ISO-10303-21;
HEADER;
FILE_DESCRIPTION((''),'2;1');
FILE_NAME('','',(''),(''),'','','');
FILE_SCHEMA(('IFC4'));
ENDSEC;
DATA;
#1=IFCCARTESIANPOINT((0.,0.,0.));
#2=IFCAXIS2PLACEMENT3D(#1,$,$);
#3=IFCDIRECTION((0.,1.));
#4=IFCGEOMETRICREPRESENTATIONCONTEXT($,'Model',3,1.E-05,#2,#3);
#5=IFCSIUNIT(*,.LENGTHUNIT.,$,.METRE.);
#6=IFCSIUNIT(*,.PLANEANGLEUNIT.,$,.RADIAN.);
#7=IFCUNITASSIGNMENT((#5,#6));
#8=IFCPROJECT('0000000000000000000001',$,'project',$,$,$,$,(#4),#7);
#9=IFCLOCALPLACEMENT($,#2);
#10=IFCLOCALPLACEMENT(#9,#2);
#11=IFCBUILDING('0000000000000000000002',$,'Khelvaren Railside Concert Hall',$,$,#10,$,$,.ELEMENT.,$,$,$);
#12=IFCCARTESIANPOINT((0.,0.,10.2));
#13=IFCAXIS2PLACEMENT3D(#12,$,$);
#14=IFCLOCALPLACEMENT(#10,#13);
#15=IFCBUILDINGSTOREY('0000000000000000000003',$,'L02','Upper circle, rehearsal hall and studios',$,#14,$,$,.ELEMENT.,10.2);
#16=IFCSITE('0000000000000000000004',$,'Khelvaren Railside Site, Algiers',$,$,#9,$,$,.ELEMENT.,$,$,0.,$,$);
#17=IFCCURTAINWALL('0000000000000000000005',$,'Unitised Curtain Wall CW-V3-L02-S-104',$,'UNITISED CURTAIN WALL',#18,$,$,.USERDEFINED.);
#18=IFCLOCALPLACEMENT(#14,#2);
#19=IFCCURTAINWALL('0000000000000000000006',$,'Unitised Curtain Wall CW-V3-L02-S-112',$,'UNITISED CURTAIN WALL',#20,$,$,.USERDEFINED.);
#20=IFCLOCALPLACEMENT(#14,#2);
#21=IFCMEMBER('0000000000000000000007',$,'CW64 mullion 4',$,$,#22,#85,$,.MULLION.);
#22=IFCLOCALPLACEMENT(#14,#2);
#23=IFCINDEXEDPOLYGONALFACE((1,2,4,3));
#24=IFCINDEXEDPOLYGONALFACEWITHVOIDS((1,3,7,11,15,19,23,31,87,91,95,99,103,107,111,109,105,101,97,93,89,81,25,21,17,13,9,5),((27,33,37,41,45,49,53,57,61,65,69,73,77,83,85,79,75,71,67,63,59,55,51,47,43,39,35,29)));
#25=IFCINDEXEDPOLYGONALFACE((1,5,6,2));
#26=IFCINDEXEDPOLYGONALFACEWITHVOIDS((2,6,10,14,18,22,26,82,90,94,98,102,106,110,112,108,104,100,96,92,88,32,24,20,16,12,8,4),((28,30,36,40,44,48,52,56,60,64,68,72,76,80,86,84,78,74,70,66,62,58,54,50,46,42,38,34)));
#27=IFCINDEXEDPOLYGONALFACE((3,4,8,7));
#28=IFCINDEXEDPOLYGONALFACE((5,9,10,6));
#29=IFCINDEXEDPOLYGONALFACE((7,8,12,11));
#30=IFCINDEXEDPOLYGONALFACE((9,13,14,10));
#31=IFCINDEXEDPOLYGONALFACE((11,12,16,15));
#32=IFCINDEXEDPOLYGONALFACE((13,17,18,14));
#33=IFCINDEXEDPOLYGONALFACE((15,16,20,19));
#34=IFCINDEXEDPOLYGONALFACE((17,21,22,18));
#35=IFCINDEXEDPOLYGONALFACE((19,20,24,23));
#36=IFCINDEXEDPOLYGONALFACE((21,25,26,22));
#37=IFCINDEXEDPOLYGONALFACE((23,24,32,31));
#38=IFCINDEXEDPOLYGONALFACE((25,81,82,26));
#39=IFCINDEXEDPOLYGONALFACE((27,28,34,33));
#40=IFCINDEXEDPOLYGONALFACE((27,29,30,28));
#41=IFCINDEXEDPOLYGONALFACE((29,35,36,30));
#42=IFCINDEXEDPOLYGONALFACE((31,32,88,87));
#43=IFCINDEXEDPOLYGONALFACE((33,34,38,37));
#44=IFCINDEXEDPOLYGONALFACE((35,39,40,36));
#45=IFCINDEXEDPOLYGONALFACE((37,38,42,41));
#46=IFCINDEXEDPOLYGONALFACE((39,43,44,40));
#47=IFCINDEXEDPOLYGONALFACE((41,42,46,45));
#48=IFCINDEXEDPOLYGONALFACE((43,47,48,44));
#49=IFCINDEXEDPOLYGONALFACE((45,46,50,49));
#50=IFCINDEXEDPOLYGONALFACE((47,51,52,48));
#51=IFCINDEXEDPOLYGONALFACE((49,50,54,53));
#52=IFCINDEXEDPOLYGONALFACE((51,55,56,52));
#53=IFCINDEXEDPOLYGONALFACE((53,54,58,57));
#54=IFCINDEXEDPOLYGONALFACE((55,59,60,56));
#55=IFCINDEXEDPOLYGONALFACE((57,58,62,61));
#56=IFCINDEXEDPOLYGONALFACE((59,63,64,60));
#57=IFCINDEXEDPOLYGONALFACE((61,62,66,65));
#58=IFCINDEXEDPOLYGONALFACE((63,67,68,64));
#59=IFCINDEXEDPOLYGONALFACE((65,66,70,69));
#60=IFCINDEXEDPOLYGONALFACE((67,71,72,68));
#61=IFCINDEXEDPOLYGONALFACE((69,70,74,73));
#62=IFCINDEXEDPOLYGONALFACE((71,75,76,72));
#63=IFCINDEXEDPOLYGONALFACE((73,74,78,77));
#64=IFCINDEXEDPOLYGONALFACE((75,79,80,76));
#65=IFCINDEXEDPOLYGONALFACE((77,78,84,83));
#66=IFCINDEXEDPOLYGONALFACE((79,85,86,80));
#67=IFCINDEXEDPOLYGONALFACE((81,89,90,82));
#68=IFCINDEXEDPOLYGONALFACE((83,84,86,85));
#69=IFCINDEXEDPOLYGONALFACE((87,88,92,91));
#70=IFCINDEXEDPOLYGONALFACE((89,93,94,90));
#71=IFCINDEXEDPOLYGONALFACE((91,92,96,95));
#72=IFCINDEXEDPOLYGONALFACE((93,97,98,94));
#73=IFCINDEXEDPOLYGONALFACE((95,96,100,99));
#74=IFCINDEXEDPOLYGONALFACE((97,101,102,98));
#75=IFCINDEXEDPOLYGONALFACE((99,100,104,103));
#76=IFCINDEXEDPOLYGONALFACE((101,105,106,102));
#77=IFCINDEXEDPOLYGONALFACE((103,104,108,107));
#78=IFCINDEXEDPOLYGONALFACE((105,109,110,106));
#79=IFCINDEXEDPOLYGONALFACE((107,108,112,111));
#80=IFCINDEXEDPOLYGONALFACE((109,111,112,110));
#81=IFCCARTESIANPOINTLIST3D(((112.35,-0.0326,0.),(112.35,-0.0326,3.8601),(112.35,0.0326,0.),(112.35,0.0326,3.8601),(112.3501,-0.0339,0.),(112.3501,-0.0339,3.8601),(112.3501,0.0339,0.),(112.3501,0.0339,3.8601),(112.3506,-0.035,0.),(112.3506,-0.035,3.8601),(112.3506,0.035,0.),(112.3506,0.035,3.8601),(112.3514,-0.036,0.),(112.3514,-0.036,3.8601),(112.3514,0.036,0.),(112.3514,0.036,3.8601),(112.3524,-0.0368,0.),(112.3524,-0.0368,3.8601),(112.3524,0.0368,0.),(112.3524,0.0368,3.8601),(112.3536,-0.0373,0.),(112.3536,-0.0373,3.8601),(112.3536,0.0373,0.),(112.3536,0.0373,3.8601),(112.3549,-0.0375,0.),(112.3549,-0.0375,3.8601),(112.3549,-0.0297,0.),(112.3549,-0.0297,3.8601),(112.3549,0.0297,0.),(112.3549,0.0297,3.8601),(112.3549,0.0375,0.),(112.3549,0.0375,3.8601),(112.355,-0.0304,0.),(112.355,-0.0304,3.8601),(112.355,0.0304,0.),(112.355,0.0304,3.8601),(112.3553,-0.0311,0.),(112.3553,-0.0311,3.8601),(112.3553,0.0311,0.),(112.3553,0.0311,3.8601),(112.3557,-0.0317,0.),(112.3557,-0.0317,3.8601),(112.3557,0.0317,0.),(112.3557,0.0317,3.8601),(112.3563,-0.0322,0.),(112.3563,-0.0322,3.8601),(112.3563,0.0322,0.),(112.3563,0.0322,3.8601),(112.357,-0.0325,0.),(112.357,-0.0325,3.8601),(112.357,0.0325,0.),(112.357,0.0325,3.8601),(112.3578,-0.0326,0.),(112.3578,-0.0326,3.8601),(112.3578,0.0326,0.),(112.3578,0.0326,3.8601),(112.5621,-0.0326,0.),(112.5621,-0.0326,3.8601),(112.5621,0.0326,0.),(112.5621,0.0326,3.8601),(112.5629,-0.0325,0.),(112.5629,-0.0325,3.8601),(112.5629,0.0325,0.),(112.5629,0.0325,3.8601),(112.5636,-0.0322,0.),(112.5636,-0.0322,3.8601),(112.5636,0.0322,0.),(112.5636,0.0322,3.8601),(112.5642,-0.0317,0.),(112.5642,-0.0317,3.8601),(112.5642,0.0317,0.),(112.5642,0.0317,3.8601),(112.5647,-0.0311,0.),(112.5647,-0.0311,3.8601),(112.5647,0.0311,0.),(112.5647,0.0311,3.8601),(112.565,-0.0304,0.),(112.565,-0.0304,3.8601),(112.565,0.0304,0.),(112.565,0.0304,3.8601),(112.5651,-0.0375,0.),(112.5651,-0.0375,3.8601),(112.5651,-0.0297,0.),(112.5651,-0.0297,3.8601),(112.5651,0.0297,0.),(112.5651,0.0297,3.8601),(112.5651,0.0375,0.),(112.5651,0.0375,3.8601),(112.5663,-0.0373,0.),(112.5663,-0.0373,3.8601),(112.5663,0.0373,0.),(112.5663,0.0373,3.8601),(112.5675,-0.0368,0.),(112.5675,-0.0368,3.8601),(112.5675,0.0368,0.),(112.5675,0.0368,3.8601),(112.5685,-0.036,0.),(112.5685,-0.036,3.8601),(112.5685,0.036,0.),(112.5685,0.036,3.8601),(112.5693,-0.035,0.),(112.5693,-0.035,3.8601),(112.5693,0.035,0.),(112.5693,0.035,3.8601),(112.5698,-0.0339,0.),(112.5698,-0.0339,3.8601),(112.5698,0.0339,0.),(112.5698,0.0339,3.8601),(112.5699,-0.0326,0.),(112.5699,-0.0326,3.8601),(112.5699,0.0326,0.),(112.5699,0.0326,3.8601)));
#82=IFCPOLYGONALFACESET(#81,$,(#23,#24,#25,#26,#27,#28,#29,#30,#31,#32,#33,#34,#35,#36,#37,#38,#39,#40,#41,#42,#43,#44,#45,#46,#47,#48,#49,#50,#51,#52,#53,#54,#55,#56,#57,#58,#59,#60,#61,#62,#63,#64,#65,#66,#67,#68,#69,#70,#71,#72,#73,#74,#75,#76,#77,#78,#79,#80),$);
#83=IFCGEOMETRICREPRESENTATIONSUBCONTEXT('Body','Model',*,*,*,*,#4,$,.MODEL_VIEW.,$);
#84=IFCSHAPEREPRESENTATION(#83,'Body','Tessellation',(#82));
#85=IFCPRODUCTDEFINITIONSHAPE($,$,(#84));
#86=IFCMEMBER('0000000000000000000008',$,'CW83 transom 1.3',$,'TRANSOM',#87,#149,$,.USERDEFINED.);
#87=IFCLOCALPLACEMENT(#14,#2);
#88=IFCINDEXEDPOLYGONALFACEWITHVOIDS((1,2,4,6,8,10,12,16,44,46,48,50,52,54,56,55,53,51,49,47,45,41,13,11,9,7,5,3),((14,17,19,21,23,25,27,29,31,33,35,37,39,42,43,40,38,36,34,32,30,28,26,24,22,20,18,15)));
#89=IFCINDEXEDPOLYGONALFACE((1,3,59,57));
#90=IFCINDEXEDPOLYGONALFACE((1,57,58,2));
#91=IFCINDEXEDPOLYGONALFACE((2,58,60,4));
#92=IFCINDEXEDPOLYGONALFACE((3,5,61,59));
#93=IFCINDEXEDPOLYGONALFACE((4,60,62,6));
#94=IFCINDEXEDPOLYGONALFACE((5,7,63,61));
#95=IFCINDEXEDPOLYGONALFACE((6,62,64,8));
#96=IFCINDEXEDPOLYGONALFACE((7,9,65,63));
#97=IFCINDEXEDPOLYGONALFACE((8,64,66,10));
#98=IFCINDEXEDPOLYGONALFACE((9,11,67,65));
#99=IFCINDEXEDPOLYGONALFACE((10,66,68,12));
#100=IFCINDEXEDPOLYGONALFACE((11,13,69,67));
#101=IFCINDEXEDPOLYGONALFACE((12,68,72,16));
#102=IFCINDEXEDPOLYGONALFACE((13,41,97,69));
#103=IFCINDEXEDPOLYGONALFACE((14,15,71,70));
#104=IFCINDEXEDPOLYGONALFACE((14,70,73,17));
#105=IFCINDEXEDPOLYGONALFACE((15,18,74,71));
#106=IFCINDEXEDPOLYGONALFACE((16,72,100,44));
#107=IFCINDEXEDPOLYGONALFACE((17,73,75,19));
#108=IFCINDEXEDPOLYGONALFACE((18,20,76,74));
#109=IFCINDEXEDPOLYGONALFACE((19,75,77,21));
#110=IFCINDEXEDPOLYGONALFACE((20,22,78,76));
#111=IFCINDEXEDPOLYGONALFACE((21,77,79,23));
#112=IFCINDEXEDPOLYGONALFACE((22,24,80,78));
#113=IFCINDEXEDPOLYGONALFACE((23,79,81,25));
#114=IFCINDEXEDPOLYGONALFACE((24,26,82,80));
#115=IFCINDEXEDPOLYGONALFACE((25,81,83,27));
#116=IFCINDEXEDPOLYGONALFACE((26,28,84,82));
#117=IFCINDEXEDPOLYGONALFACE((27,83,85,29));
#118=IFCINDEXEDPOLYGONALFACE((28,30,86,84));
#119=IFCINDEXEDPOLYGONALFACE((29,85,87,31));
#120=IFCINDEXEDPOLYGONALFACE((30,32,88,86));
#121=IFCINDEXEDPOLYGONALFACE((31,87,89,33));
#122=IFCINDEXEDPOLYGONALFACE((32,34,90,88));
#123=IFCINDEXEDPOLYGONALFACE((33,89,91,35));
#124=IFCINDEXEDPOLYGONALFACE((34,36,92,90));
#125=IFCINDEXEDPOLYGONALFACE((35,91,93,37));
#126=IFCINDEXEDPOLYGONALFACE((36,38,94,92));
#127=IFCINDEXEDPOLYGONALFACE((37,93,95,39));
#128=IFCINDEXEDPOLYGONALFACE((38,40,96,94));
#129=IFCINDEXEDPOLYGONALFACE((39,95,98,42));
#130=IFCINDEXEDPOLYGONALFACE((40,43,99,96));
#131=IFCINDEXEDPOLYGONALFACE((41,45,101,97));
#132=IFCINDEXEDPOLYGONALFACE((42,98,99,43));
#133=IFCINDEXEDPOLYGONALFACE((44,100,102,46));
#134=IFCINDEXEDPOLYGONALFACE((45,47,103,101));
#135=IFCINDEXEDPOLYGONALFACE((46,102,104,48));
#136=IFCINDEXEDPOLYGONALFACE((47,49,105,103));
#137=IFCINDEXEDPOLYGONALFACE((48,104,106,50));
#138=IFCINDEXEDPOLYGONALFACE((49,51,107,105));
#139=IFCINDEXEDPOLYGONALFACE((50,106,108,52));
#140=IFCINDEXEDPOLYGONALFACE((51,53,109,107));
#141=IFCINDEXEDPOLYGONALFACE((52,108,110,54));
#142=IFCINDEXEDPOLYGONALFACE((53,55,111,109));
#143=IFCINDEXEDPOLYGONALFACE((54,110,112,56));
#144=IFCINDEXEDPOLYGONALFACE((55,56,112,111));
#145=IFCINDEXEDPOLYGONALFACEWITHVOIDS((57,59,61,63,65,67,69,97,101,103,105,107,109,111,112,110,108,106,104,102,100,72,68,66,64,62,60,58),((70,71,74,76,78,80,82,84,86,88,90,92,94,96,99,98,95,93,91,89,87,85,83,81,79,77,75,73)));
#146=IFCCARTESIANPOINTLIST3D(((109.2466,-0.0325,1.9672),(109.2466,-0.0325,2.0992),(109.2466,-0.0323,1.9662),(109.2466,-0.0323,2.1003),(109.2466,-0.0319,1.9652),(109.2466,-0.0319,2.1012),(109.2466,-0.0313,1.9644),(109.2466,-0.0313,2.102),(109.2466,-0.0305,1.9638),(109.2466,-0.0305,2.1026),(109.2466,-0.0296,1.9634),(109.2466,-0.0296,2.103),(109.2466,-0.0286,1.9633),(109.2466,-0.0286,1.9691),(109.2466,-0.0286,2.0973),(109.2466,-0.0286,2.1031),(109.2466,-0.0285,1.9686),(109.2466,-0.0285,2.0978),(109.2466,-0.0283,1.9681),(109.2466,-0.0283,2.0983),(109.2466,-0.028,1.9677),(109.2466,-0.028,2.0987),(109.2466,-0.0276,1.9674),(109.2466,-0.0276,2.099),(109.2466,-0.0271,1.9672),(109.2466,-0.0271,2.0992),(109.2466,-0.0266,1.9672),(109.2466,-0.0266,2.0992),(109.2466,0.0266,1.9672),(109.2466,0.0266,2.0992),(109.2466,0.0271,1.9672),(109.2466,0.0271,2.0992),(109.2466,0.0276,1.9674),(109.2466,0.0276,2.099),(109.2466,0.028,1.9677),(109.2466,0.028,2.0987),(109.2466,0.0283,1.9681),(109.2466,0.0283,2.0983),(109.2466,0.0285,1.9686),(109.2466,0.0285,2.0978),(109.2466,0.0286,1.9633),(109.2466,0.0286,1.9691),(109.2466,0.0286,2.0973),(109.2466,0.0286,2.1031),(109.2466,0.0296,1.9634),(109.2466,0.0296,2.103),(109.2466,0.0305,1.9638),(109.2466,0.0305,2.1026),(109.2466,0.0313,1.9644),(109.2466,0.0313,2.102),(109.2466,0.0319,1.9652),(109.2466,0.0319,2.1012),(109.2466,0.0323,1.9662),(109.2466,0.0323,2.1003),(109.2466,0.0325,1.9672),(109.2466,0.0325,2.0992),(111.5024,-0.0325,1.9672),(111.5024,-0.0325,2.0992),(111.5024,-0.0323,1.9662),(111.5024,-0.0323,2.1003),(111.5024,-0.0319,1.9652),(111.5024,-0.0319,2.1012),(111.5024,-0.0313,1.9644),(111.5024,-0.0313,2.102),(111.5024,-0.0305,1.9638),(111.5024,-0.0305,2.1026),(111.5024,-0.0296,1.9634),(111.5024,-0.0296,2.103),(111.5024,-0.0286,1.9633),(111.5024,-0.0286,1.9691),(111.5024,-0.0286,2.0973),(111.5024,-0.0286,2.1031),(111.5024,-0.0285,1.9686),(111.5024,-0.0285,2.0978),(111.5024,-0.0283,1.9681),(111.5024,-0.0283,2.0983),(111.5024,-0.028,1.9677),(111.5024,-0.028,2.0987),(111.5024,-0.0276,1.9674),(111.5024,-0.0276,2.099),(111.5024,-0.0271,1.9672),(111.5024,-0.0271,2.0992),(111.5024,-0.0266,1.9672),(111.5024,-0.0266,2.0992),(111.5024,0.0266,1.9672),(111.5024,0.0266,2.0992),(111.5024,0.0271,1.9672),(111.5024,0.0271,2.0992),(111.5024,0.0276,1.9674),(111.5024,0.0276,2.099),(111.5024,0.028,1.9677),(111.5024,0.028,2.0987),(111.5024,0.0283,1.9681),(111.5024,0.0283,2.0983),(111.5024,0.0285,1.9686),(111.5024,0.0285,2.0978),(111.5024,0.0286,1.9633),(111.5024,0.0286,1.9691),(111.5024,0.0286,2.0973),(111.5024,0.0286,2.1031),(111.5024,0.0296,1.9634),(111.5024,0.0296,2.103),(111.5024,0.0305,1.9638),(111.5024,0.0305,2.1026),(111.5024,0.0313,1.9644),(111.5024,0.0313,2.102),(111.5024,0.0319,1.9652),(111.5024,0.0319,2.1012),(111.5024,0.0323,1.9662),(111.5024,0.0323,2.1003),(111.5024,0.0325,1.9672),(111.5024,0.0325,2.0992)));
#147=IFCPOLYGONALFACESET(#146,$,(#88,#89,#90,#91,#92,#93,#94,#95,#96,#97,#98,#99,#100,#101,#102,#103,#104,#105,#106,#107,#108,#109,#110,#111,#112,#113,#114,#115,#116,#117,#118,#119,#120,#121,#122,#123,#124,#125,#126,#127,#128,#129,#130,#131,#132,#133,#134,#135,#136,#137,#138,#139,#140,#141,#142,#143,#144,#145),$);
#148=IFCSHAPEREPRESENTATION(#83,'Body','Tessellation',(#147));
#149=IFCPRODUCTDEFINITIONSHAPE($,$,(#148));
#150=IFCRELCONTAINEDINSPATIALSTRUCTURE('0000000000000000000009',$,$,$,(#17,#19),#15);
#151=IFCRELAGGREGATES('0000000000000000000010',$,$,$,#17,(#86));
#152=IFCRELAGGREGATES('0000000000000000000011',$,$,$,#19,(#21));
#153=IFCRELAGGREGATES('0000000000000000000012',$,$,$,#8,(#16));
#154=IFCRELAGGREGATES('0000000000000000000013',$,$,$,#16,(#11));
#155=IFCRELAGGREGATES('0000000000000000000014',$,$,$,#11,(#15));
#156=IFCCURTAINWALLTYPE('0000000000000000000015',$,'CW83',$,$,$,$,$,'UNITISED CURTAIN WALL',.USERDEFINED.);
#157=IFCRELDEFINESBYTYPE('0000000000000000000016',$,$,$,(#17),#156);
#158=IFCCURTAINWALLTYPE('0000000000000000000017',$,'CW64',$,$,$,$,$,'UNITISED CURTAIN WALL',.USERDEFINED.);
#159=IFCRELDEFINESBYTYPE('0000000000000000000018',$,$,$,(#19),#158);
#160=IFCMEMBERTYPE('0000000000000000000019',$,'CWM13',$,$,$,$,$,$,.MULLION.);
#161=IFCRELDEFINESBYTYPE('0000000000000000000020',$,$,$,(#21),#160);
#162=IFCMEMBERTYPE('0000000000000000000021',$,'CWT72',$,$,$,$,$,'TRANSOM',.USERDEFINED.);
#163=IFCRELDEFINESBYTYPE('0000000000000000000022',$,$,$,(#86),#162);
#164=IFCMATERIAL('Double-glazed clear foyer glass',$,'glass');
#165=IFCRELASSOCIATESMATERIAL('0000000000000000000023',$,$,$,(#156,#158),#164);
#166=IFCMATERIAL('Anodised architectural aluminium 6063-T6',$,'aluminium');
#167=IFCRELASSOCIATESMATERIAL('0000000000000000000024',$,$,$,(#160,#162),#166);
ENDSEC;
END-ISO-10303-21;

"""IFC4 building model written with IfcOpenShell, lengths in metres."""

from ifc_helpers import new_model, si_unit, direction, frame, origin, origin_2d, place, context, subcontext, project, spatial, hollow_rectangle, extrude, material, material_profile, profile_set, type_object, element, aggregate, save


model = new_model("IFC4")

# Units and contexts
model_context = context("Model", 3, precision=1e-05, world=origin(), true_north=direction((0.0, 1.0)))
body_context = subcontext(model_context, "Body", "Model", "MODEL_VIEW")
ifc_project = project(units=[si_unit("LENGTHUNIT", "METRE"), si_unit("PLANEANGLEUNIT", "RADIAN")], contexts=[model_context])

# Site, building, storey
site_placement = place(None, origin())
site = spatial("IfcSite", under=ifc_project, at=site_placement, Name="Khelvaren Railside Site, Algiers", CompositionType="ELEMENT", RefElevation=0.0)
building_placement = place(site_placement, origin())
building = spatial("IfcBuilding", under=site, at=building_placement, Name="Khelvaren Railside Concert Hall", CompositionType="ELEMENT")
storey_placement = place(building_placement, frame((0.0, 0.0, 10.2)))
storey = spatial("IfcBuildingStorey", under=building, at=storey_placement, Name="L02", Description="Upper circle, rehearsal hall and studios", CompositionType="ELEMENT", Elevation=10.2)

# Curtain wall
ifc_material_1 = material(Name="Double-glazed clear foyer glass", Category="glass")
curtain_wall_type_1 = type_object("IfcCurtainWallType", Name="CW83", ElementType="UNITISED CURTAIN WALL", PredefinedType="USERDEFINED", material=ifc_material_1)
curtain_wall_1_placement = place(storey_placement, origin())
curtain_wall_1 = element("IfcCurtainWall", 1, at=curtain_wall_1_placement, inside=storey, type_object=curtain_wall_type_1, Name="Unitised Curtain Wall CW-V3-L02-S-104", ObjectType="UNITISED CURTAIN WALL", PredefinedType="USERDEFINED")
ifc_material_2 = material(Name="Anodised architectural aluminium 6063-T6", Category="aluminium")
ifc_material_profile_1 = material_profile(ifc_material_2, hollow_rectangle(XDim=0.075, YDim=0.22, WallThickness=0.0049, InnerFilletRadius=0.0029, OuterFilletRadius=0.0049, at=origin_2d()), Name="CWM 75x220x5")
ifc_profile_set_1 = profile_set([ifc_material_profile_1], Name="Anodised architectural aluminium 6063-T6")
member_type_1 = type_object("IfcMemberType", Name="CWM13", PredefinedType="MULLION", material=ifc_profile_set_1)

# Curtain wall, member
curtain_wall_type_2 = type_object("IfcCurtainWallType", Name="CW64", ElementType="UNITISED CURTAIN WALL", PredefinedType="USERDEFINED", material=ifc_material_1)
curtain_wall_2_placement = place(storey_placement, origin())
curtain_wall_2 = element("IfcCurtainWall", 2, at=curtain_wall_2_placement, inside=storey, type_object=curtain_wall_type_2, Name="Unitised Curtain Wall CW-V3-L02-S-112", ObjectType="UNITISED CURTAIN WALL", PredefinedType="USERDEFINED")
member_1_placement = place(storey_placement, frame((112.46, 0.0, 0.0), z_axis=(0.0, 0.0, 1.0), x_axis=(0.0, -1.0, 0.0)))
member_1 = element("IfcMember", 3, at=member_1_placement, type_object=member_type_1, Name="CW64 mullion 4", PredefinedType="MULLION", context=body_context, shape_type="SweptSolid", body=[
    extrude(hollow_rectangle(XDim=0.075, YDim=0.22, WallThickness=0.0049, InnerFilletRadius=0.0029, OuterFilletRadius=0.0049, at=origin_2d()), origin(), (0.0, 0.0, 1.0), 3.8601),
])

# Member
ifc_material_profile_2 = material_profile(ifc_material_2, hollow_rectangle(XDim=0.0649, YDim=0.1399, WallThickness=0.0039, InnerFilletRadius=0.002, OuterFilletRadius=0.0039, at=origin_2d()), Name="CWT 65x140x4")
ifc_profile_set_2 = profile_set([ifc_material_profile_2], Name="Anodised architectural aluminium 6063-T6")
member_type_2 = type_object("IfcMemberType", Name="CWT72", ElementType="TRANSOM", PredefinedType="USERDEFINED", material=ifc_profile_set_2)
member_2_placement = place(storey_placement, frame((111.5024, 0.0, 2.0332), z_axis=(-1.0, 0.0, 0.0), x_axis=(0.0, -1.0, 0.0)))
member_2 = element("IfcMember", 4, at=member_2_placement, type_object=member_type_2, Name="CW83 transom 1.3", ObjectType="TRANSOM", PredefinedType="USERDEFINED", context=body_context, shape_type="SweptSolid", body=[
    extrude(hollow_rectangle(XDim=0.0649, YDim=0.1399, WallThickness=0.0039, InnerFilletRadius=0.002, OuterFilletRadius=0.0039, at=origin_2d()), origin(), (0.0, 0.0, 1.0), 2.2559),
])
aggregate(curtain_wall_1, [member_2])

aggregate(curtain_wall_2, [member_1])

save(model, "model.ifc")
